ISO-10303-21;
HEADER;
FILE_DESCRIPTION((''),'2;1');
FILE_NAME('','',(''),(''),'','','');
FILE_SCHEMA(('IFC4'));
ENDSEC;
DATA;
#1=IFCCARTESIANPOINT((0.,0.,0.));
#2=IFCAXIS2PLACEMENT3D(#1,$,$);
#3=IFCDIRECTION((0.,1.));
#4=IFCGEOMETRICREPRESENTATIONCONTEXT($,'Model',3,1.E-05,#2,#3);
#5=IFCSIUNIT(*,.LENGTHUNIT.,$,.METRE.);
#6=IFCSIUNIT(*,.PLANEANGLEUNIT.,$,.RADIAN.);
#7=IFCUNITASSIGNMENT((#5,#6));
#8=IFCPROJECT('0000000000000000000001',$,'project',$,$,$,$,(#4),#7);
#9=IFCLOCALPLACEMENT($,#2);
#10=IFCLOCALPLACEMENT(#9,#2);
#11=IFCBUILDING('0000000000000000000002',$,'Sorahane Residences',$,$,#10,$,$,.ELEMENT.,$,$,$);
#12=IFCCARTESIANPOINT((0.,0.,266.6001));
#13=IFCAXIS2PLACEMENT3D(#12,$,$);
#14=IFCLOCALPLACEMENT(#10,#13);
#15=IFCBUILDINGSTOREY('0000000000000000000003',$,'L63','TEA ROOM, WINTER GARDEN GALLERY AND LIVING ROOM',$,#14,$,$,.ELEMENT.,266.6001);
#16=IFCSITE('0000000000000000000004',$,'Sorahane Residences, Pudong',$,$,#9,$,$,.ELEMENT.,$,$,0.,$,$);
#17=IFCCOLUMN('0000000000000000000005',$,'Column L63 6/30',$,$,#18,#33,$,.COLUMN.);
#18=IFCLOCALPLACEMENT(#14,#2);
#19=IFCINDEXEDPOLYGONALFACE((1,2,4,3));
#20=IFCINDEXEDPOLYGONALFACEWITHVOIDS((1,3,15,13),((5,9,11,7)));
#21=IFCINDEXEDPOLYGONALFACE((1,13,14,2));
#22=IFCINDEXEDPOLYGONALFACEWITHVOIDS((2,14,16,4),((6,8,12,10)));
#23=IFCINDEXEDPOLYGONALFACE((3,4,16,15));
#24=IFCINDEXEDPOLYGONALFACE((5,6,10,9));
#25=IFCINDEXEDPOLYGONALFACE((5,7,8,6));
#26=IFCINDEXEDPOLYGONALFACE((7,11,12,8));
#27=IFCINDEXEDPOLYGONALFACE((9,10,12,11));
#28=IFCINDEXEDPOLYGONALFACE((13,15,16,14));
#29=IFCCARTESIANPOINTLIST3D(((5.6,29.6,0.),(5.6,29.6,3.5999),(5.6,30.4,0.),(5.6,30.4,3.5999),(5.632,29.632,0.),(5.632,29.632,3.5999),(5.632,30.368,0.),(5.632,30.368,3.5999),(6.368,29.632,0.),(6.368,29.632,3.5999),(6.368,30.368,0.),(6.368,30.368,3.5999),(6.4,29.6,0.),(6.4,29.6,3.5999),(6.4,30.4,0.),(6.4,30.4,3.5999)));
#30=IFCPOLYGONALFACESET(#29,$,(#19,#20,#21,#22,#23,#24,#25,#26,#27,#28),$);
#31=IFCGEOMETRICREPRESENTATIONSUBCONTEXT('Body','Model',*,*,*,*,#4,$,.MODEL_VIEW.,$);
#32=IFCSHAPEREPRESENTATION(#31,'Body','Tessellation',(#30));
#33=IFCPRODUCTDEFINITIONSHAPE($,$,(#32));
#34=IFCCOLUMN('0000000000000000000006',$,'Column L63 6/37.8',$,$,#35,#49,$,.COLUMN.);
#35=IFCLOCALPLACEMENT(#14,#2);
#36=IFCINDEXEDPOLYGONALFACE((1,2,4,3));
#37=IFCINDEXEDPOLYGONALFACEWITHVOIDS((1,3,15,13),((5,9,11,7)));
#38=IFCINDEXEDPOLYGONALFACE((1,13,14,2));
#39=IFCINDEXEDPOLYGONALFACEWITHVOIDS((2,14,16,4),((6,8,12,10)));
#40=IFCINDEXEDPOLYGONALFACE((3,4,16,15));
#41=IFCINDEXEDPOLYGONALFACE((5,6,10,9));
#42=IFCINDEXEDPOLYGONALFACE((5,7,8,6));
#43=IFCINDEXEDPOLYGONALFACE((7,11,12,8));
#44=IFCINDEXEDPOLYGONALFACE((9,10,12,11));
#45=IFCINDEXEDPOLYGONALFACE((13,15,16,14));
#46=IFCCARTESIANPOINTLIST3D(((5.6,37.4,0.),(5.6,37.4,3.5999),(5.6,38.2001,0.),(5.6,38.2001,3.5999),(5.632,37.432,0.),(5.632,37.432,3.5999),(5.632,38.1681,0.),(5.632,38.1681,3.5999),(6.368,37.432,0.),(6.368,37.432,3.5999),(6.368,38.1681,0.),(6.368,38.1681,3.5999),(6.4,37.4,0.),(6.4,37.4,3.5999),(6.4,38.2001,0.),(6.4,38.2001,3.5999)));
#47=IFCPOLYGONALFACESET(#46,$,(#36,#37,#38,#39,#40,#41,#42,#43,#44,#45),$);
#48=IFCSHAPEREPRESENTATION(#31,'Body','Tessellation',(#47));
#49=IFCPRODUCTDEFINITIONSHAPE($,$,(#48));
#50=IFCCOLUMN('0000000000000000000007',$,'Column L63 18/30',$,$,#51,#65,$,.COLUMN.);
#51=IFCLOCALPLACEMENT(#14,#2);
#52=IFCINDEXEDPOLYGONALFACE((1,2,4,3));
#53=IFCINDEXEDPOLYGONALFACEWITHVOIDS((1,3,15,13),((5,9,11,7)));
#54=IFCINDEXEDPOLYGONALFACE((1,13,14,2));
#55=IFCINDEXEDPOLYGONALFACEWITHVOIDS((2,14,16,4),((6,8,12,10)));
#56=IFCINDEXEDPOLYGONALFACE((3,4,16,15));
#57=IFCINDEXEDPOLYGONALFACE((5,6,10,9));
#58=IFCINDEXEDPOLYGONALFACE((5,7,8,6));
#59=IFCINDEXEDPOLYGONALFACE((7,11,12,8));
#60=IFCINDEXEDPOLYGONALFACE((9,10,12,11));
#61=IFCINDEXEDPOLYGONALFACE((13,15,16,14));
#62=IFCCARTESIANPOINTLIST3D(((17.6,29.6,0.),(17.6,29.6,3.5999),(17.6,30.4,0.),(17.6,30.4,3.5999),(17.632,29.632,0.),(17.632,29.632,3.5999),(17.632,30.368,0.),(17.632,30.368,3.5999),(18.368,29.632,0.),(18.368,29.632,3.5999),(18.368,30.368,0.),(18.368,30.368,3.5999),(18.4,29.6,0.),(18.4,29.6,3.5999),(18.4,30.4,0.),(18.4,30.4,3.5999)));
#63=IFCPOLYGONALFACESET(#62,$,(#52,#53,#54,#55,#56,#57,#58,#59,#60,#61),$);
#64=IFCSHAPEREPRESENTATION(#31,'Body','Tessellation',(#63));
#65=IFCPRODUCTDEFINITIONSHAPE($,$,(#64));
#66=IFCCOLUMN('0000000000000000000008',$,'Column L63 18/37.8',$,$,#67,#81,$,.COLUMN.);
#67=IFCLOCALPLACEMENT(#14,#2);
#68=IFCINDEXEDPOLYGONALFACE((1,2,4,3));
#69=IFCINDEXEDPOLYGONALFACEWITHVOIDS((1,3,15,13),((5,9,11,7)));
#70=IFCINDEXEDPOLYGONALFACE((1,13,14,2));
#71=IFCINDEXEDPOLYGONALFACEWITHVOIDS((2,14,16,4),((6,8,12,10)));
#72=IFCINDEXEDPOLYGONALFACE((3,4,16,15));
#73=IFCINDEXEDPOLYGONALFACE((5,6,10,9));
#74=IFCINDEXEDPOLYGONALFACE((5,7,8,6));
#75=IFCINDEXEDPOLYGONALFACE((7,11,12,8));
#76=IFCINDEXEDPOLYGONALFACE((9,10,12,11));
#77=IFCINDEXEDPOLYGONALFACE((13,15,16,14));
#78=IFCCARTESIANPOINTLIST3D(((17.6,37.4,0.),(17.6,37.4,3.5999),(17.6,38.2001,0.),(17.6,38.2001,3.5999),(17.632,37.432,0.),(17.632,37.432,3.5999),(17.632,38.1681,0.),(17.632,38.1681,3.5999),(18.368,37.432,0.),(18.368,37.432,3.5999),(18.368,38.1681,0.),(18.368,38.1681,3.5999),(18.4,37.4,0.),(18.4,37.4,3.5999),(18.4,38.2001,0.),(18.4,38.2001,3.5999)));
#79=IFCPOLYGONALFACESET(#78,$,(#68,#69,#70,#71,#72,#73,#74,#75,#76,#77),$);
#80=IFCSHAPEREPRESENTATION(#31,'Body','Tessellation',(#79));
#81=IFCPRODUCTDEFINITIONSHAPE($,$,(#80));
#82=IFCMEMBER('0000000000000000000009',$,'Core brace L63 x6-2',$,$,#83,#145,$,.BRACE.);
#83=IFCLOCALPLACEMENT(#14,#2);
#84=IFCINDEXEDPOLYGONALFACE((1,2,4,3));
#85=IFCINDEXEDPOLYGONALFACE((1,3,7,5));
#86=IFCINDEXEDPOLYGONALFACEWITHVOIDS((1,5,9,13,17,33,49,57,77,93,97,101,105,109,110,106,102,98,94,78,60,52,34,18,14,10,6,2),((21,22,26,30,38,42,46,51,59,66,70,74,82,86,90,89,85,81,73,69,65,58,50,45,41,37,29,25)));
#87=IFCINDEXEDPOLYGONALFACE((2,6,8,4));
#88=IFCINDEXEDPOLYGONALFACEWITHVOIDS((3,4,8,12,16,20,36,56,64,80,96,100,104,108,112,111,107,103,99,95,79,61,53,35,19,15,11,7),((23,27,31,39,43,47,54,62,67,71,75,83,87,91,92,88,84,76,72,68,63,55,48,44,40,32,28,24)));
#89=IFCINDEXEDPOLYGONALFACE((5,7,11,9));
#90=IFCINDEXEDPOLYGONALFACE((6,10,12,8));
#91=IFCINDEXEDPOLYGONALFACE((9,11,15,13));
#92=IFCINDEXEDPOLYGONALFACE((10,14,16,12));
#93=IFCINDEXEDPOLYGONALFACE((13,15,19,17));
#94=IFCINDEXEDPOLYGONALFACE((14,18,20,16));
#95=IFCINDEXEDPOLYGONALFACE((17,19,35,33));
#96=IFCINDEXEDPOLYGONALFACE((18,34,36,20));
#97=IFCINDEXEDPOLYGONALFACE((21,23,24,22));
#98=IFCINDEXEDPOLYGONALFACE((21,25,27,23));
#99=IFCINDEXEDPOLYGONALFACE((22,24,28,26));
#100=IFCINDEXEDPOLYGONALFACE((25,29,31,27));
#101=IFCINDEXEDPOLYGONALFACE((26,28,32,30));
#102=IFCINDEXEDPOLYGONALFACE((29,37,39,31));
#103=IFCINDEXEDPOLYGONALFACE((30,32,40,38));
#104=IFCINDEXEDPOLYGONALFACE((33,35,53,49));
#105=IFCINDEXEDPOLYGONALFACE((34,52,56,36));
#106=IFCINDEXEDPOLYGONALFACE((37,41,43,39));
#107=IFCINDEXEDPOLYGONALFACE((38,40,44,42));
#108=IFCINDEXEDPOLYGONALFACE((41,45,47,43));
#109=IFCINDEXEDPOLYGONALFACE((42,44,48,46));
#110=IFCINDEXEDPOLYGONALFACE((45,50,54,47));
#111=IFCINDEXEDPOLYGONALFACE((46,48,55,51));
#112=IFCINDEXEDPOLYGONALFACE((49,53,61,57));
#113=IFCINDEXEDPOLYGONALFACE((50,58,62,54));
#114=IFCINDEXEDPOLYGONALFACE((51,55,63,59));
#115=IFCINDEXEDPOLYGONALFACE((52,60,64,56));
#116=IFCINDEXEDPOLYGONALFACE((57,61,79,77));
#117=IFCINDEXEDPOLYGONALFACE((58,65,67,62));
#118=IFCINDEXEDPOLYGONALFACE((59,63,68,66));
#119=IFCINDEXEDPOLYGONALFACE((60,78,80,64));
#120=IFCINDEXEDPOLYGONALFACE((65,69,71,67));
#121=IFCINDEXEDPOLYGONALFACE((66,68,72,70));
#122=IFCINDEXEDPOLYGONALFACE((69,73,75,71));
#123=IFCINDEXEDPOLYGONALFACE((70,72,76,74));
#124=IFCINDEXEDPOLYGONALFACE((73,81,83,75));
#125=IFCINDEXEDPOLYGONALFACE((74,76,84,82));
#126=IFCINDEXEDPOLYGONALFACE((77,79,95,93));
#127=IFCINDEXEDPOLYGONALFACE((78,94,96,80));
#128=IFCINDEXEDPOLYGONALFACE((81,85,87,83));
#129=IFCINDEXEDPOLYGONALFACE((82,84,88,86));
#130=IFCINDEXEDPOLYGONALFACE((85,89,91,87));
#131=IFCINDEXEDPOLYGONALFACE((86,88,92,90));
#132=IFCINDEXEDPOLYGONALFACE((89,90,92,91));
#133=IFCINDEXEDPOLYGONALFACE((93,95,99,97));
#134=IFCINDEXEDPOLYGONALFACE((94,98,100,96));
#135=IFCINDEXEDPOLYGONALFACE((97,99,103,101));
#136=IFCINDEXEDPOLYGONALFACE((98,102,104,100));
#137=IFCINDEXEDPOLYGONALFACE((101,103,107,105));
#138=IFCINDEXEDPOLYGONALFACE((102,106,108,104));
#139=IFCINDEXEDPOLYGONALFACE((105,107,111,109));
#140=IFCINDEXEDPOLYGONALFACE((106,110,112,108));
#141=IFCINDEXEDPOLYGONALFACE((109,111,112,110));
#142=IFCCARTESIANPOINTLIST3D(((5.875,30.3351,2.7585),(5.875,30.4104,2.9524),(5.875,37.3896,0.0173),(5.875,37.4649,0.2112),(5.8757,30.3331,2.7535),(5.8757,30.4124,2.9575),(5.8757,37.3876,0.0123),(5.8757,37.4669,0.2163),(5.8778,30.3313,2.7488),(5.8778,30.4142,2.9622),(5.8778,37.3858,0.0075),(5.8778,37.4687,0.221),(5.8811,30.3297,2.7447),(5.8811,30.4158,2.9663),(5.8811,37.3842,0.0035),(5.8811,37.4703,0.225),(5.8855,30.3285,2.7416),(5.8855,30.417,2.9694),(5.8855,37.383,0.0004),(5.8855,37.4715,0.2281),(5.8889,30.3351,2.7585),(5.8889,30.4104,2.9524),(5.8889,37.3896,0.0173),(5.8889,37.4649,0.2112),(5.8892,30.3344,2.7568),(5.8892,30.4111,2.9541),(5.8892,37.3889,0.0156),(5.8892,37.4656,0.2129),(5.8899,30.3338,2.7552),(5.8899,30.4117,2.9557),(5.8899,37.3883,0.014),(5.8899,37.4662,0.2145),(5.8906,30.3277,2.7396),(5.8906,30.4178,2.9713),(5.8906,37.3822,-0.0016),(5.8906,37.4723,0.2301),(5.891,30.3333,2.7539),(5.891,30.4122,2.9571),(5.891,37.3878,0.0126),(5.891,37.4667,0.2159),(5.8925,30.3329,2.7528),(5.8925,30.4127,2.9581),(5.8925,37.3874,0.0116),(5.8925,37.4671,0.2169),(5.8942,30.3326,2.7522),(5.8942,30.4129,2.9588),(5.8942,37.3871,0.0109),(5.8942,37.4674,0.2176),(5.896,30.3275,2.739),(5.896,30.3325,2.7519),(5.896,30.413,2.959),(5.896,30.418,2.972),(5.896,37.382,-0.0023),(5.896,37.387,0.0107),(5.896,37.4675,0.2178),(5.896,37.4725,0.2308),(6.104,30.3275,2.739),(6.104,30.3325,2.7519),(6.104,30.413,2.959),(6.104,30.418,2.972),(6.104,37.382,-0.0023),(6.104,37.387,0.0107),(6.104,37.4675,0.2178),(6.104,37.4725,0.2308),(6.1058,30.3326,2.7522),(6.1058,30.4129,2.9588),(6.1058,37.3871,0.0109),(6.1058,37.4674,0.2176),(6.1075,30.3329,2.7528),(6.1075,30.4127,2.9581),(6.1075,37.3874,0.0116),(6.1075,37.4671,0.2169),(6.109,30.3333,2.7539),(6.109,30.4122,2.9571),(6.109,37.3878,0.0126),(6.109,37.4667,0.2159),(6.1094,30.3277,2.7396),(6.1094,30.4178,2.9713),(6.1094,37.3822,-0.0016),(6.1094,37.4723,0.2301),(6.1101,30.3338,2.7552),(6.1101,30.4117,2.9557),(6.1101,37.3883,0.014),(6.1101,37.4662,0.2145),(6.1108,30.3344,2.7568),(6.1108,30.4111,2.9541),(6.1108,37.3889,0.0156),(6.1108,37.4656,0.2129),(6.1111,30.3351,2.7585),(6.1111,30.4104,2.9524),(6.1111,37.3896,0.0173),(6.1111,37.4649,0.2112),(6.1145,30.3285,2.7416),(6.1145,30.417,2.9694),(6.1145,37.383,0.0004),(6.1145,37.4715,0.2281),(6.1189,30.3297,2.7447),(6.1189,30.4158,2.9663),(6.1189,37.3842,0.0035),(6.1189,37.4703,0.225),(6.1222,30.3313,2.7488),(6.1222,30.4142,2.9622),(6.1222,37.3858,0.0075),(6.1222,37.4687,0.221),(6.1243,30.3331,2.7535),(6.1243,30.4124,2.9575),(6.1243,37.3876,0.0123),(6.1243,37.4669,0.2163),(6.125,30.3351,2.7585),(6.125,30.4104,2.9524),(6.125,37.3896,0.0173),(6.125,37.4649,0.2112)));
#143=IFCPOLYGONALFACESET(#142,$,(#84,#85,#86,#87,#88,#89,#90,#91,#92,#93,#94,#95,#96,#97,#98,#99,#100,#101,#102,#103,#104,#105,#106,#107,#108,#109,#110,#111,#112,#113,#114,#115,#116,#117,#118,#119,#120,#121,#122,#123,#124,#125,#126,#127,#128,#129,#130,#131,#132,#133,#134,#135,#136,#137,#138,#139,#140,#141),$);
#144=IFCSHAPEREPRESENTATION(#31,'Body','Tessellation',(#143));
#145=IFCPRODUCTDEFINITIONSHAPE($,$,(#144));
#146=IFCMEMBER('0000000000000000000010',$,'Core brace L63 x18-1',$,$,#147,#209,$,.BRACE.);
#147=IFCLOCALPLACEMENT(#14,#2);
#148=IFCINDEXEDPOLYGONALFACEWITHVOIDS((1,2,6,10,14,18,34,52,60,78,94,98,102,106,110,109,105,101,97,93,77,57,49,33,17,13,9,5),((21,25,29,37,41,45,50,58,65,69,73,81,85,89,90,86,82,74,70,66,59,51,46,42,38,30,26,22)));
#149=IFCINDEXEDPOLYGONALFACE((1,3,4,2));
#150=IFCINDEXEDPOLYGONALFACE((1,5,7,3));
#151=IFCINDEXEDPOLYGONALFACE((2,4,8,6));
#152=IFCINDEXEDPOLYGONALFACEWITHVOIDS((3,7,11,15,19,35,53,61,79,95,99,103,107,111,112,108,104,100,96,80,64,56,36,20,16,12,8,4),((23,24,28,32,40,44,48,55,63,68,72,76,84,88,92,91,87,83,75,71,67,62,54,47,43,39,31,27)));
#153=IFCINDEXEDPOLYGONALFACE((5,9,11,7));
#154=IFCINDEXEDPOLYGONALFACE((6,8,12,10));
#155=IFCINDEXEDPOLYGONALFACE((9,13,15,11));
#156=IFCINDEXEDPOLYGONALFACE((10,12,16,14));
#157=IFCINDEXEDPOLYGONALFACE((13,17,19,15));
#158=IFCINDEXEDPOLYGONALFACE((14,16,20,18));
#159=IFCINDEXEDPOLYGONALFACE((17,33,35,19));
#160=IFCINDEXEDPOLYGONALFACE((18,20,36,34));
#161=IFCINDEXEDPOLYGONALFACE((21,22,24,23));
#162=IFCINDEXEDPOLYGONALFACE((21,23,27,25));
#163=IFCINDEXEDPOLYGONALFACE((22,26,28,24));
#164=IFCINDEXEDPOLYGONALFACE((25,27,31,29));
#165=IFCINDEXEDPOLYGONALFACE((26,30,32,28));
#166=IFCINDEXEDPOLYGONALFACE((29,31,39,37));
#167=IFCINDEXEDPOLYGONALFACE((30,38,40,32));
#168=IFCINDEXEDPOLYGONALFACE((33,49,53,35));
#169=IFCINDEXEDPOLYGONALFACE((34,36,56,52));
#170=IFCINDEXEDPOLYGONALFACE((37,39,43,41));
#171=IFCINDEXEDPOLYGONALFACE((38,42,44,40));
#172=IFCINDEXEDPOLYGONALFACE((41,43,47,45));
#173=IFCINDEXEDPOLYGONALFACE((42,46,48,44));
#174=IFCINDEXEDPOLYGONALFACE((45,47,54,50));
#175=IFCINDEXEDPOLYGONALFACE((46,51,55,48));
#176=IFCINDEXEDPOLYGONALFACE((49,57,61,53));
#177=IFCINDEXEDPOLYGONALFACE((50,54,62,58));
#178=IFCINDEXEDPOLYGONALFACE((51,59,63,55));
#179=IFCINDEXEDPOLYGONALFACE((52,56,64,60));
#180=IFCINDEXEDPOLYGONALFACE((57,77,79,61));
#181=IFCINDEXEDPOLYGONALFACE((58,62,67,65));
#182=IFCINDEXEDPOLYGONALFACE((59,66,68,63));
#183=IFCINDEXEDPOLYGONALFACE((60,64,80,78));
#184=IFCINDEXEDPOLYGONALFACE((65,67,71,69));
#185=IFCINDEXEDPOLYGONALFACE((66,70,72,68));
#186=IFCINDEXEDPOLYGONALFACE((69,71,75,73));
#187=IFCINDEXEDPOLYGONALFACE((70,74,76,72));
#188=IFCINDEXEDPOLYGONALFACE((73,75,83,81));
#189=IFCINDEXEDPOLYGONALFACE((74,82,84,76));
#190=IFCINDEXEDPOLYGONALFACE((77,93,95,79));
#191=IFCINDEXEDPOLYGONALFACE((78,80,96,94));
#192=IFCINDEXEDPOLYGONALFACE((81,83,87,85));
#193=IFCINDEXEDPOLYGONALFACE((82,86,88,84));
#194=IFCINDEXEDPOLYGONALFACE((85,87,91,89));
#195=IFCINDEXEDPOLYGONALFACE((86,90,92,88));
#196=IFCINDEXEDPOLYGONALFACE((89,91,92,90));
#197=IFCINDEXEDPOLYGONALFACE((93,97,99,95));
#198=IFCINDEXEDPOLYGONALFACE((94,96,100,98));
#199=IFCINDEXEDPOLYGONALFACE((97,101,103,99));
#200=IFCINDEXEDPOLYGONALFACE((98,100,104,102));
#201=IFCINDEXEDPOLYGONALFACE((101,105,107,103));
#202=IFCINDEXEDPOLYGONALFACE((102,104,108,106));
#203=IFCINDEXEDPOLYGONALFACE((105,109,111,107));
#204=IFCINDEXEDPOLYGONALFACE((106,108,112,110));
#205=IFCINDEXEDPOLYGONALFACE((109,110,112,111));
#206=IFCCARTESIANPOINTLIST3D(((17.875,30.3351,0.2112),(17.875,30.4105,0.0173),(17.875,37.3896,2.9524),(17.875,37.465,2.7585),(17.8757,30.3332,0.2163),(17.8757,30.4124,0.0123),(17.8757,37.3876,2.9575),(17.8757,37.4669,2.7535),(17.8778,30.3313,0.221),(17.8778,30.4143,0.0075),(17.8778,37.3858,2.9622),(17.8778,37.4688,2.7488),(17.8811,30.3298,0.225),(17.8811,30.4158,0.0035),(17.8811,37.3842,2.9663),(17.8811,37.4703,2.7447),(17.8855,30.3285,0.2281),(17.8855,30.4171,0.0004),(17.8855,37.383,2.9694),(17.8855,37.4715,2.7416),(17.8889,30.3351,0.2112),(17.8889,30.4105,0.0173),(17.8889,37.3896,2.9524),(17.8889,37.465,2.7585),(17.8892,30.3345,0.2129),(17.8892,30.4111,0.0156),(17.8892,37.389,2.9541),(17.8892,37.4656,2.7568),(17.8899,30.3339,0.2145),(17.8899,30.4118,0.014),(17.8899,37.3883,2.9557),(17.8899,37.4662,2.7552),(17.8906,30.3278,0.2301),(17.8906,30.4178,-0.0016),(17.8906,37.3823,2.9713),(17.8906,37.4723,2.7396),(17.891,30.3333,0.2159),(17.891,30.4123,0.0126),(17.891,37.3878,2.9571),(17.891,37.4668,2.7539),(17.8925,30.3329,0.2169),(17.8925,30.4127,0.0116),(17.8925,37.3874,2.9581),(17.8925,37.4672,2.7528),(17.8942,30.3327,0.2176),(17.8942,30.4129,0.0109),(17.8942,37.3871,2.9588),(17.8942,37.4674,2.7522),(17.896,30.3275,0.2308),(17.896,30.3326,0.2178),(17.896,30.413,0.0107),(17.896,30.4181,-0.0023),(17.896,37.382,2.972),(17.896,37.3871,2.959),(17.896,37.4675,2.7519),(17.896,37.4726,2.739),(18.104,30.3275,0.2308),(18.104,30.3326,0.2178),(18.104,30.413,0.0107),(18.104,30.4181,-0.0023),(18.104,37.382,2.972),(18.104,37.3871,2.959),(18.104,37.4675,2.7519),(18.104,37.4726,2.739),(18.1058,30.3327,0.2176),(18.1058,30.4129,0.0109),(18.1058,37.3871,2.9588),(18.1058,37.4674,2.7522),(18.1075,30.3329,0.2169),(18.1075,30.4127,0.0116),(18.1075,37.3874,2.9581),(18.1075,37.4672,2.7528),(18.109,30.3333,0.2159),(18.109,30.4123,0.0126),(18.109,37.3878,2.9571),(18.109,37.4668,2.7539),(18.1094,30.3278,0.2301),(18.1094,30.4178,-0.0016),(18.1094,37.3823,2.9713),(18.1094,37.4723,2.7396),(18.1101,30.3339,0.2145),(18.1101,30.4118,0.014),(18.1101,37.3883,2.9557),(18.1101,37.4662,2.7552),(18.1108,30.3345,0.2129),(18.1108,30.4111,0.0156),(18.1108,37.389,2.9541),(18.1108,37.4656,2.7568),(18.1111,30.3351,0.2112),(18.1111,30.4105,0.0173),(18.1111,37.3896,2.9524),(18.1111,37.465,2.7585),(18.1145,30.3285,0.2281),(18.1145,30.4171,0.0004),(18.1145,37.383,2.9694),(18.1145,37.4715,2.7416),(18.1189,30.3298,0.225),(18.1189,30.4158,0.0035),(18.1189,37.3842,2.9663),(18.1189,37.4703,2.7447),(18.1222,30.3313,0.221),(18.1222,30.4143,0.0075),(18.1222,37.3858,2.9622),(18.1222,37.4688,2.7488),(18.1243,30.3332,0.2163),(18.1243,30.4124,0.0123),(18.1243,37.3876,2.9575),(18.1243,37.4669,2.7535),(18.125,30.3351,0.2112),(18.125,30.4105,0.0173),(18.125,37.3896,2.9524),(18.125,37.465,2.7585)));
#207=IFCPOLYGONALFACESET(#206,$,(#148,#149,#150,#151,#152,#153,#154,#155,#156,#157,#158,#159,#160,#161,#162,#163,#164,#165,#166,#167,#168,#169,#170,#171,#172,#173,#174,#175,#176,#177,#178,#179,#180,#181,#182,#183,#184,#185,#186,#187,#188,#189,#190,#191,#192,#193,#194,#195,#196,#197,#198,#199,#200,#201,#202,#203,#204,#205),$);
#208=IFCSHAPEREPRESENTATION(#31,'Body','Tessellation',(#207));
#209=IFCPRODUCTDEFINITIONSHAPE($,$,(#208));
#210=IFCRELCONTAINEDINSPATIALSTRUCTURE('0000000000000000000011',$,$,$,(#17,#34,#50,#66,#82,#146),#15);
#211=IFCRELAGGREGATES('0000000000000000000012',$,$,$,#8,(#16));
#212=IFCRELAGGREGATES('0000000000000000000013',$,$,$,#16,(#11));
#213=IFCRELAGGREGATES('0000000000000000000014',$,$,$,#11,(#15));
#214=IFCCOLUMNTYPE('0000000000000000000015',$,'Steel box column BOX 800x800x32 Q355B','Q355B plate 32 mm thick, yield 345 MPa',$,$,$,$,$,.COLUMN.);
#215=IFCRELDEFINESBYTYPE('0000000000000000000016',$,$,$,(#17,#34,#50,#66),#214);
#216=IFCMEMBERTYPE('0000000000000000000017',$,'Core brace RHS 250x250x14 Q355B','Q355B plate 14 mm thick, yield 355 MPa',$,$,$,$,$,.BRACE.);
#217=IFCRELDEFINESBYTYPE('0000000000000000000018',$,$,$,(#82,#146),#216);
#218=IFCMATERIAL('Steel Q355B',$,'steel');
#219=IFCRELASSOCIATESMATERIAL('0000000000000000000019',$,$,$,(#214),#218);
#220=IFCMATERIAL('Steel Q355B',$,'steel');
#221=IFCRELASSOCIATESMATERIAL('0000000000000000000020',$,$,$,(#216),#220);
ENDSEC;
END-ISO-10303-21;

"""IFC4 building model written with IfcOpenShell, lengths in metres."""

from ifc_helpers import new_model, si_unit, direction, frame, origin, origin_2d, place, context, subcontext, project, spatial, hollow_rectangle, extrude, material, material_profile, profile_set, type_object, element, save


model = new_model("IFC4")

# Units and contexts
model_context = context("Model", 3, precision=1e-05, world=origin(), true_north=direction((0.0, 1.0)))
body_context = subcontext(model_context, "Body", "Model", "MODEL_VIEW")
ifc_project = project(units=[si_unit("LENGTHUNIT", "METRE"), si_unit("PLANEANGLEUNIT", "RADIAN")], contexts=[model_context])

# Site, building, storey
site_placement = place(None, origin())
site = spatial("IfcSite", under=ifc_project, at=site_placement, Name="Sorahane Residences, Pudong", CompositionType="ELEMENT", RefElevation=0.0)
building_placement = place(site_placement, origin())
building = spatial("IfcBuilding", under=site, at=building_placement, Name="Sorahane Residences", CompositionType="ELEMENT")
storey_placement = place(building_placement, frame((0.0, 0.0, 266.6001)))
storey = spatial("IfcBuildingStorey", under=building, at=storey_placement, Name="L63", Description="TEA ROOM, WINTER GARDEN GALLERY AND LIVING ROOM", CompositionType="ELEMENT", Elevation=266.6001)

# Columns
ifc_material_1 = material(Name="Steel Q355B", Category="steel")
ifc_material_profile_1 = material_profile(ifc_material_1, hollow_rectangle(XDim=0.8, YDim=0.8, WallThickness=0.032, at=origin_2d()), Name="BOX 800x800x32")
ifc_profile_set_1 = profile_set([ifc_material_profile_1], Name="Steel Q355B")
column_type = type_object("IfcColumnType", Name="Steel box column BOX 800x800x32 Q355B", Description="Q355B plate 32 mm thick, yield 345 MPa", PredefinedType="COLUMN", material=ifc_profile_set_1)
for number, where, z_axis, x_axis, name in (
    (1, (6.0, 30.0, 0.0), (0.0, 0.0, 1.0), (1.0, 0.0, 0.0), "Column L63 6/30"),
    (2, (6.0, 37.8, 0.0), (0.0, 0.0, 1.0), (1.0, 0.0, 0.0), "Column L63 6/37.8"),
    (3, (18.0, 30.0, 0.0), (0.0, 0.0, 1.0), (1.0, 0.0, 0.0), "Column L63 18/30"),
    (4, (18.0, 37.8, 0.0), (0.0, 0.0, 1.0), (1.0, 0.0, 0.0), "Column L63 18/37.8"),
):
    element("IfcColumn", number, at=place(storey_placement, frame(where, z_axis=z_axis, x_axis=x_axis)), inside=storey, type_object=column_type, Name=name, PredefinedType="COLUMN", context=body_context, shape_type="SweptSolid", body=[
        extrude(hollow_rectangle(XDim=0.8, YDim=0.8, WallThickness=0.032, at=origin_2d()), origin(), (0.0, 0.0, 1.0), 3.5999),
    ])

# Members
ifc_material_2 = material(Name="Steel Q355B", Category="steel")
ifc_material_profile_2 = material_profile(ifc_material_2, hollow_rectangle(XDim=0.25, YDim=0.25, WallThickness=0.0139, InnerFilletRadius=0.0071, OuterFilletRadius=0.021, at=origin_2d()), Name="RHS 250x250x14")
ifc_profile_set_2 = profile_set([ifc_material_profile_2], Name="Steel Q355B")
member_type = type_object("IfcMemberType", Name="Core brace RHS 250x250x14 Q355B", Description="Q355B plate 14 mm thick, yield 355 MPa", PredefinedType="BRACE", material=ifc_profile_set_2)
for number, where, z_axis, x_axis, name in (
    (5, (6.0, 37.4272, 0.1143), (0.0, -0.932102, 0.362196), (1.0, 0.0, 0.0), "Core brace L63 x6-2"),
    (6, (18.0, 30.3728, 0.1143), (0.0, 0.932102, 0.362196), (-1.0, 0.0, 0.0), "Core brace L63 x18-1"),
):
    element("IfcMember", number, at=place(storey_placement, frame(where, z_axis=z_axis, x_axis=x_axis)), inside=storey, type_object=member_type, Name=name, PredefinedType="BRACE", context=body_context, shape_type="SweptSolid", body=[
        extrude(hollow_rectangle(XDim=0.25, YDim=0.25, WallThickness=0.0139, InnerFilletRadius=0.0071, OuterFilletRadius=0.021, at=origin_2d()), origin(), (0.0, 0.0, 1.0), 7.5684),
    ])

save(model, "model.ifc")
